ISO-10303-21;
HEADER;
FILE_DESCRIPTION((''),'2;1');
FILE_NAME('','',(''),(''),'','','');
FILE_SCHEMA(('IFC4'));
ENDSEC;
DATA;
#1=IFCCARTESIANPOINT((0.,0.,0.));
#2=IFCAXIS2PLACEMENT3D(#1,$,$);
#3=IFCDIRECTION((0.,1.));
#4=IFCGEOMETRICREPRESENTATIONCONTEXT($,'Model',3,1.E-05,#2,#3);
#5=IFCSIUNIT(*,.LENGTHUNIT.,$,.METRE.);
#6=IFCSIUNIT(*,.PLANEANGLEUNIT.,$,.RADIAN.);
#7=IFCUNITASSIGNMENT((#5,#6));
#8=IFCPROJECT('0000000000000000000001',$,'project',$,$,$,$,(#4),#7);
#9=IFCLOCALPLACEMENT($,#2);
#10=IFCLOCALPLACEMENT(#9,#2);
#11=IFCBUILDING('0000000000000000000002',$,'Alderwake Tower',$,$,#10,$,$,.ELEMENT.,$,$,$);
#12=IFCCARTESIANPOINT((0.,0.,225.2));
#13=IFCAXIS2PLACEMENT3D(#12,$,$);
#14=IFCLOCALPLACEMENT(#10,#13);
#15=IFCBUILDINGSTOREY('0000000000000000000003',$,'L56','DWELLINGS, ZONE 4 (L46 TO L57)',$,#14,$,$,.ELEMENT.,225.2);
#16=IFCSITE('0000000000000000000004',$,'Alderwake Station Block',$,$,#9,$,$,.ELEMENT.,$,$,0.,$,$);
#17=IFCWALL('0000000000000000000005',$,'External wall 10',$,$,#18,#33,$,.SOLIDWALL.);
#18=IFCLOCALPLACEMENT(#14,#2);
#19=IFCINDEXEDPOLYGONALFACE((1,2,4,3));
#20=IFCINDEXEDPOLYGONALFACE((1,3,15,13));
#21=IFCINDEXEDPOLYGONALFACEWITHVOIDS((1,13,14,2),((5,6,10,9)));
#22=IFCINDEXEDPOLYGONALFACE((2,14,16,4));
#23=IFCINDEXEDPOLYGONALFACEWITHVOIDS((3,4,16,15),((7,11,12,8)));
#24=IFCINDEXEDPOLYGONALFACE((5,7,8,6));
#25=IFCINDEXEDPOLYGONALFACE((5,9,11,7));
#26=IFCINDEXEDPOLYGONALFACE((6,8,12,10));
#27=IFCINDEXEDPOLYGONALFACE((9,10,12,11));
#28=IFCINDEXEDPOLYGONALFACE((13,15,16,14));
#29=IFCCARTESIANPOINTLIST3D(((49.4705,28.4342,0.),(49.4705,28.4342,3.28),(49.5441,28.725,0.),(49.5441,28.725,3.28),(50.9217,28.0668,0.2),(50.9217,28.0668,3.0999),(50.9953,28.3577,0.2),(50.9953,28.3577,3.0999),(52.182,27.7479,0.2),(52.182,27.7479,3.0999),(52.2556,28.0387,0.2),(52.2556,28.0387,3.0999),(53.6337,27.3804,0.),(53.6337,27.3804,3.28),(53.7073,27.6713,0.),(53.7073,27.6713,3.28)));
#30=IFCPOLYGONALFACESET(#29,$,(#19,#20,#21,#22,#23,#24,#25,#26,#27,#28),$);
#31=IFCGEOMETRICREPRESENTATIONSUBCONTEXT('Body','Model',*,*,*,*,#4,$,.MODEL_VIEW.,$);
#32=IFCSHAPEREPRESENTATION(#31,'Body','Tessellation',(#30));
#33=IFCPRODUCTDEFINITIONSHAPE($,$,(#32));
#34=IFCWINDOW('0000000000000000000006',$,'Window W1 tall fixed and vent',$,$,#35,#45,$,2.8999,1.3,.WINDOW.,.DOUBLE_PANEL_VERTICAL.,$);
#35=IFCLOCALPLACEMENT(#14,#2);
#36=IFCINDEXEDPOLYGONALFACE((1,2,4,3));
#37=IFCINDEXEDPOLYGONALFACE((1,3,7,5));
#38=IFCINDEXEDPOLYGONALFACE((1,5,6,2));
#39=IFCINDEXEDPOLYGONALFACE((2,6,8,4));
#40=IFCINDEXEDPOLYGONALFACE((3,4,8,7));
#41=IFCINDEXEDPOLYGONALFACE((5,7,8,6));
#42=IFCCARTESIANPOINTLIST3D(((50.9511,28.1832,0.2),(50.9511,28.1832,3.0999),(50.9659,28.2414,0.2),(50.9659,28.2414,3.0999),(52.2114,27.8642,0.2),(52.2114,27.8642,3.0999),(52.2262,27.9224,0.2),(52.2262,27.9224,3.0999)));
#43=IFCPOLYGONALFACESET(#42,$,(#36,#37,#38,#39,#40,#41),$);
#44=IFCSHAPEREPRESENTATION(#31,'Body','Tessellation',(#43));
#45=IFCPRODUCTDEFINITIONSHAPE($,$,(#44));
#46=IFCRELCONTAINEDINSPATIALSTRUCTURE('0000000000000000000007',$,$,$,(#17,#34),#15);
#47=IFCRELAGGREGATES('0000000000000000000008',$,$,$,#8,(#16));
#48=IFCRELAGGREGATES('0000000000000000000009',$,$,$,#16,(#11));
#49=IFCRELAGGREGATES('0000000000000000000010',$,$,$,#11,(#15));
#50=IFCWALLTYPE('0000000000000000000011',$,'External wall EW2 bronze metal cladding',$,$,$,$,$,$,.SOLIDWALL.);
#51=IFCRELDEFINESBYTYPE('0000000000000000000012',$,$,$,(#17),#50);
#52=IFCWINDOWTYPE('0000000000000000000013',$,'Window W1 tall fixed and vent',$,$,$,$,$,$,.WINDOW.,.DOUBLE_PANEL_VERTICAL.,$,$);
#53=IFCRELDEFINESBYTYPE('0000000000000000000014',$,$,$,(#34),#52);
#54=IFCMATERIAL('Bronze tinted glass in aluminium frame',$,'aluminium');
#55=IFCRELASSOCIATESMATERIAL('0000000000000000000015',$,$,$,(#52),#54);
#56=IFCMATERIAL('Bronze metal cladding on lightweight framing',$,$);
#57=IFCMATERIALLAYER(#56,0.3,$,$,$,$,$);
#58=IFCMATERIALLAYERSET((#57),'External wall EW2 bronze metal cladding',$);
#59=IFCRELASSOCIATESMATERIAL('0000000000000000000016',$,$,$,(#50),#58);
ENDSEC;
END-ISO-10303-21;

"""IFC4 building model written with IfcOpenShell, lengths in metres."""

from ifc_helpers import new_model, si_unit, direction, frame, frame_2d, origin, place, context, subcontext, project, spatial, rectangle, extrude, material, layer, layer_set, type_object, element, fill, save


model = new_model("IFC4")

# Units and contexts
model_context = context("Model", 3, precision=1e-05, world=origin(), true_north=direction((0.0, 1.0)))
body_context = subcontext(model_context, "Body", "Model", "MODEL_VIEW")
ifc_project = project(units=[si_unit("LENGTHUNIT", "METRE"), si_unit("PLANEANGLEUNIT", "RADIAN")], contexts=[model_context])

# Site, building, storey
site_placement = place(None, origin())
site = spatial("IfcSite", under=ifc_project, at=site_placement, Name="Alderwake Station Block", CompositionType="ELEMENT", RefElevation=0.0)
building_placement = place(site_placement, origin())
building = spatial("IfcBuilding", under=site, at=building_placement, Name="Alderwake Tower", CompositionType="ELEMENT")
storey_placement = place(building_placement, frame((0.0, 0.0, 225.2)))
storey = spatial("IfcBuildingStorey", under=building, at=storey_placement, Name="L56", Description="DWELLINGS, ZONE 4 (L46 TO L57)", CompositionType="ELEMENT", Elevation=225.2)

# Shared definitions
ifc_material_1 = material(Name="Bronze tinted glass in aluminium frame", Category="aluminium")
window_type = type_object("IfcWindowType", Name="Window W1 tall fixed and vent", PartitioningType="DOUBLE_PANEL_VERTICAL", PredefinedType="WINDOW", material=ifc_material_1)

# Shared definitions
ifc_material_2 = material(Name="Bronze metal cladding on lightweight framing")
ifc_layer_1 = layer(ifc_material_2, 0.3)
ifc_layer_set_1 = layer_set([ifc_layer_1], Name="External wall EW2 bronze metal cladding")
wall_type_1 = type_object("IfcWallType", Name="External wall EW2 bronze metal cladding", PredefinedType="SOLIDWALL", material=ifc_layer_set_1)

# Wall, opening, window
wall_1_placement = place(storey_placement, frame((49.5073, 28.5796, 0.0), z_axis=(0.0, 0.0, 1.0), x_axis=(0.969429, -0.24537, 0.0)))
wall_1 = element("IfcWall", 1, at=wall_1_placement, inside=storey, type_object=wall_type_1, Name="External wall 10", PredefinedType="SOLIDWALL", context=body_context, shape_type="SweptSolid", body=[
    extrude(rectangle(XDim=4.2944, YDim=0.3, at=frame_2d((2.1472, 0.0))), origin(), (0.0, 0.0, 1.0), 3.28),
])
opening_1_placement = place(wall_1_placement, frame((1.4971, 0.0, 0.2)))
opening_1 = element("IfcOpeningElement", 2, at=opening_1_placement, cuts=wall_1, PredefinedType="OPENING", context=body_context, shape_type="SweptSolid", body=[
    extrude(rectangle(XDim=1.3, YDim=2.8999, at=frame_2d((0.6499, 1.45))), frame((0.0, 0.1599, 0.0), z_axis=(0.0, -1.0, 0.0), x_axis=(1.0, 0.0, 0.0)), (0.0, 0.0, 1.0), 0.3201),
])
window_1_placement = place(opening_1_placement, origin())
window_1 = element("IfcWindow", 3, at=window_1_placement, inside=storey, type_object=window_type, Name="Window W1 tall fixed and vent", OverallHeight=2.8999, OverallWidth=1.3, PartitioningType="DOUBLE_PANEL_VERTICAL", PredefinedType="WINDOW", context=body_context, shape_type="SweptSolid", body=[
    extrude(rectangle(XDim=1.3, YDim=2.8999, at=frame_2d((0.6499, 1.45))), frame((0.0, 0.03, 0.0), z_axis=(0.0, -1.0, 0.0), x_axis=(1.0, 0.0, 0.0)), (0.0, 0.0, 1.0), 0.0601),
])
fill(opening_1, window_1)

save(model, "model.ifc")
